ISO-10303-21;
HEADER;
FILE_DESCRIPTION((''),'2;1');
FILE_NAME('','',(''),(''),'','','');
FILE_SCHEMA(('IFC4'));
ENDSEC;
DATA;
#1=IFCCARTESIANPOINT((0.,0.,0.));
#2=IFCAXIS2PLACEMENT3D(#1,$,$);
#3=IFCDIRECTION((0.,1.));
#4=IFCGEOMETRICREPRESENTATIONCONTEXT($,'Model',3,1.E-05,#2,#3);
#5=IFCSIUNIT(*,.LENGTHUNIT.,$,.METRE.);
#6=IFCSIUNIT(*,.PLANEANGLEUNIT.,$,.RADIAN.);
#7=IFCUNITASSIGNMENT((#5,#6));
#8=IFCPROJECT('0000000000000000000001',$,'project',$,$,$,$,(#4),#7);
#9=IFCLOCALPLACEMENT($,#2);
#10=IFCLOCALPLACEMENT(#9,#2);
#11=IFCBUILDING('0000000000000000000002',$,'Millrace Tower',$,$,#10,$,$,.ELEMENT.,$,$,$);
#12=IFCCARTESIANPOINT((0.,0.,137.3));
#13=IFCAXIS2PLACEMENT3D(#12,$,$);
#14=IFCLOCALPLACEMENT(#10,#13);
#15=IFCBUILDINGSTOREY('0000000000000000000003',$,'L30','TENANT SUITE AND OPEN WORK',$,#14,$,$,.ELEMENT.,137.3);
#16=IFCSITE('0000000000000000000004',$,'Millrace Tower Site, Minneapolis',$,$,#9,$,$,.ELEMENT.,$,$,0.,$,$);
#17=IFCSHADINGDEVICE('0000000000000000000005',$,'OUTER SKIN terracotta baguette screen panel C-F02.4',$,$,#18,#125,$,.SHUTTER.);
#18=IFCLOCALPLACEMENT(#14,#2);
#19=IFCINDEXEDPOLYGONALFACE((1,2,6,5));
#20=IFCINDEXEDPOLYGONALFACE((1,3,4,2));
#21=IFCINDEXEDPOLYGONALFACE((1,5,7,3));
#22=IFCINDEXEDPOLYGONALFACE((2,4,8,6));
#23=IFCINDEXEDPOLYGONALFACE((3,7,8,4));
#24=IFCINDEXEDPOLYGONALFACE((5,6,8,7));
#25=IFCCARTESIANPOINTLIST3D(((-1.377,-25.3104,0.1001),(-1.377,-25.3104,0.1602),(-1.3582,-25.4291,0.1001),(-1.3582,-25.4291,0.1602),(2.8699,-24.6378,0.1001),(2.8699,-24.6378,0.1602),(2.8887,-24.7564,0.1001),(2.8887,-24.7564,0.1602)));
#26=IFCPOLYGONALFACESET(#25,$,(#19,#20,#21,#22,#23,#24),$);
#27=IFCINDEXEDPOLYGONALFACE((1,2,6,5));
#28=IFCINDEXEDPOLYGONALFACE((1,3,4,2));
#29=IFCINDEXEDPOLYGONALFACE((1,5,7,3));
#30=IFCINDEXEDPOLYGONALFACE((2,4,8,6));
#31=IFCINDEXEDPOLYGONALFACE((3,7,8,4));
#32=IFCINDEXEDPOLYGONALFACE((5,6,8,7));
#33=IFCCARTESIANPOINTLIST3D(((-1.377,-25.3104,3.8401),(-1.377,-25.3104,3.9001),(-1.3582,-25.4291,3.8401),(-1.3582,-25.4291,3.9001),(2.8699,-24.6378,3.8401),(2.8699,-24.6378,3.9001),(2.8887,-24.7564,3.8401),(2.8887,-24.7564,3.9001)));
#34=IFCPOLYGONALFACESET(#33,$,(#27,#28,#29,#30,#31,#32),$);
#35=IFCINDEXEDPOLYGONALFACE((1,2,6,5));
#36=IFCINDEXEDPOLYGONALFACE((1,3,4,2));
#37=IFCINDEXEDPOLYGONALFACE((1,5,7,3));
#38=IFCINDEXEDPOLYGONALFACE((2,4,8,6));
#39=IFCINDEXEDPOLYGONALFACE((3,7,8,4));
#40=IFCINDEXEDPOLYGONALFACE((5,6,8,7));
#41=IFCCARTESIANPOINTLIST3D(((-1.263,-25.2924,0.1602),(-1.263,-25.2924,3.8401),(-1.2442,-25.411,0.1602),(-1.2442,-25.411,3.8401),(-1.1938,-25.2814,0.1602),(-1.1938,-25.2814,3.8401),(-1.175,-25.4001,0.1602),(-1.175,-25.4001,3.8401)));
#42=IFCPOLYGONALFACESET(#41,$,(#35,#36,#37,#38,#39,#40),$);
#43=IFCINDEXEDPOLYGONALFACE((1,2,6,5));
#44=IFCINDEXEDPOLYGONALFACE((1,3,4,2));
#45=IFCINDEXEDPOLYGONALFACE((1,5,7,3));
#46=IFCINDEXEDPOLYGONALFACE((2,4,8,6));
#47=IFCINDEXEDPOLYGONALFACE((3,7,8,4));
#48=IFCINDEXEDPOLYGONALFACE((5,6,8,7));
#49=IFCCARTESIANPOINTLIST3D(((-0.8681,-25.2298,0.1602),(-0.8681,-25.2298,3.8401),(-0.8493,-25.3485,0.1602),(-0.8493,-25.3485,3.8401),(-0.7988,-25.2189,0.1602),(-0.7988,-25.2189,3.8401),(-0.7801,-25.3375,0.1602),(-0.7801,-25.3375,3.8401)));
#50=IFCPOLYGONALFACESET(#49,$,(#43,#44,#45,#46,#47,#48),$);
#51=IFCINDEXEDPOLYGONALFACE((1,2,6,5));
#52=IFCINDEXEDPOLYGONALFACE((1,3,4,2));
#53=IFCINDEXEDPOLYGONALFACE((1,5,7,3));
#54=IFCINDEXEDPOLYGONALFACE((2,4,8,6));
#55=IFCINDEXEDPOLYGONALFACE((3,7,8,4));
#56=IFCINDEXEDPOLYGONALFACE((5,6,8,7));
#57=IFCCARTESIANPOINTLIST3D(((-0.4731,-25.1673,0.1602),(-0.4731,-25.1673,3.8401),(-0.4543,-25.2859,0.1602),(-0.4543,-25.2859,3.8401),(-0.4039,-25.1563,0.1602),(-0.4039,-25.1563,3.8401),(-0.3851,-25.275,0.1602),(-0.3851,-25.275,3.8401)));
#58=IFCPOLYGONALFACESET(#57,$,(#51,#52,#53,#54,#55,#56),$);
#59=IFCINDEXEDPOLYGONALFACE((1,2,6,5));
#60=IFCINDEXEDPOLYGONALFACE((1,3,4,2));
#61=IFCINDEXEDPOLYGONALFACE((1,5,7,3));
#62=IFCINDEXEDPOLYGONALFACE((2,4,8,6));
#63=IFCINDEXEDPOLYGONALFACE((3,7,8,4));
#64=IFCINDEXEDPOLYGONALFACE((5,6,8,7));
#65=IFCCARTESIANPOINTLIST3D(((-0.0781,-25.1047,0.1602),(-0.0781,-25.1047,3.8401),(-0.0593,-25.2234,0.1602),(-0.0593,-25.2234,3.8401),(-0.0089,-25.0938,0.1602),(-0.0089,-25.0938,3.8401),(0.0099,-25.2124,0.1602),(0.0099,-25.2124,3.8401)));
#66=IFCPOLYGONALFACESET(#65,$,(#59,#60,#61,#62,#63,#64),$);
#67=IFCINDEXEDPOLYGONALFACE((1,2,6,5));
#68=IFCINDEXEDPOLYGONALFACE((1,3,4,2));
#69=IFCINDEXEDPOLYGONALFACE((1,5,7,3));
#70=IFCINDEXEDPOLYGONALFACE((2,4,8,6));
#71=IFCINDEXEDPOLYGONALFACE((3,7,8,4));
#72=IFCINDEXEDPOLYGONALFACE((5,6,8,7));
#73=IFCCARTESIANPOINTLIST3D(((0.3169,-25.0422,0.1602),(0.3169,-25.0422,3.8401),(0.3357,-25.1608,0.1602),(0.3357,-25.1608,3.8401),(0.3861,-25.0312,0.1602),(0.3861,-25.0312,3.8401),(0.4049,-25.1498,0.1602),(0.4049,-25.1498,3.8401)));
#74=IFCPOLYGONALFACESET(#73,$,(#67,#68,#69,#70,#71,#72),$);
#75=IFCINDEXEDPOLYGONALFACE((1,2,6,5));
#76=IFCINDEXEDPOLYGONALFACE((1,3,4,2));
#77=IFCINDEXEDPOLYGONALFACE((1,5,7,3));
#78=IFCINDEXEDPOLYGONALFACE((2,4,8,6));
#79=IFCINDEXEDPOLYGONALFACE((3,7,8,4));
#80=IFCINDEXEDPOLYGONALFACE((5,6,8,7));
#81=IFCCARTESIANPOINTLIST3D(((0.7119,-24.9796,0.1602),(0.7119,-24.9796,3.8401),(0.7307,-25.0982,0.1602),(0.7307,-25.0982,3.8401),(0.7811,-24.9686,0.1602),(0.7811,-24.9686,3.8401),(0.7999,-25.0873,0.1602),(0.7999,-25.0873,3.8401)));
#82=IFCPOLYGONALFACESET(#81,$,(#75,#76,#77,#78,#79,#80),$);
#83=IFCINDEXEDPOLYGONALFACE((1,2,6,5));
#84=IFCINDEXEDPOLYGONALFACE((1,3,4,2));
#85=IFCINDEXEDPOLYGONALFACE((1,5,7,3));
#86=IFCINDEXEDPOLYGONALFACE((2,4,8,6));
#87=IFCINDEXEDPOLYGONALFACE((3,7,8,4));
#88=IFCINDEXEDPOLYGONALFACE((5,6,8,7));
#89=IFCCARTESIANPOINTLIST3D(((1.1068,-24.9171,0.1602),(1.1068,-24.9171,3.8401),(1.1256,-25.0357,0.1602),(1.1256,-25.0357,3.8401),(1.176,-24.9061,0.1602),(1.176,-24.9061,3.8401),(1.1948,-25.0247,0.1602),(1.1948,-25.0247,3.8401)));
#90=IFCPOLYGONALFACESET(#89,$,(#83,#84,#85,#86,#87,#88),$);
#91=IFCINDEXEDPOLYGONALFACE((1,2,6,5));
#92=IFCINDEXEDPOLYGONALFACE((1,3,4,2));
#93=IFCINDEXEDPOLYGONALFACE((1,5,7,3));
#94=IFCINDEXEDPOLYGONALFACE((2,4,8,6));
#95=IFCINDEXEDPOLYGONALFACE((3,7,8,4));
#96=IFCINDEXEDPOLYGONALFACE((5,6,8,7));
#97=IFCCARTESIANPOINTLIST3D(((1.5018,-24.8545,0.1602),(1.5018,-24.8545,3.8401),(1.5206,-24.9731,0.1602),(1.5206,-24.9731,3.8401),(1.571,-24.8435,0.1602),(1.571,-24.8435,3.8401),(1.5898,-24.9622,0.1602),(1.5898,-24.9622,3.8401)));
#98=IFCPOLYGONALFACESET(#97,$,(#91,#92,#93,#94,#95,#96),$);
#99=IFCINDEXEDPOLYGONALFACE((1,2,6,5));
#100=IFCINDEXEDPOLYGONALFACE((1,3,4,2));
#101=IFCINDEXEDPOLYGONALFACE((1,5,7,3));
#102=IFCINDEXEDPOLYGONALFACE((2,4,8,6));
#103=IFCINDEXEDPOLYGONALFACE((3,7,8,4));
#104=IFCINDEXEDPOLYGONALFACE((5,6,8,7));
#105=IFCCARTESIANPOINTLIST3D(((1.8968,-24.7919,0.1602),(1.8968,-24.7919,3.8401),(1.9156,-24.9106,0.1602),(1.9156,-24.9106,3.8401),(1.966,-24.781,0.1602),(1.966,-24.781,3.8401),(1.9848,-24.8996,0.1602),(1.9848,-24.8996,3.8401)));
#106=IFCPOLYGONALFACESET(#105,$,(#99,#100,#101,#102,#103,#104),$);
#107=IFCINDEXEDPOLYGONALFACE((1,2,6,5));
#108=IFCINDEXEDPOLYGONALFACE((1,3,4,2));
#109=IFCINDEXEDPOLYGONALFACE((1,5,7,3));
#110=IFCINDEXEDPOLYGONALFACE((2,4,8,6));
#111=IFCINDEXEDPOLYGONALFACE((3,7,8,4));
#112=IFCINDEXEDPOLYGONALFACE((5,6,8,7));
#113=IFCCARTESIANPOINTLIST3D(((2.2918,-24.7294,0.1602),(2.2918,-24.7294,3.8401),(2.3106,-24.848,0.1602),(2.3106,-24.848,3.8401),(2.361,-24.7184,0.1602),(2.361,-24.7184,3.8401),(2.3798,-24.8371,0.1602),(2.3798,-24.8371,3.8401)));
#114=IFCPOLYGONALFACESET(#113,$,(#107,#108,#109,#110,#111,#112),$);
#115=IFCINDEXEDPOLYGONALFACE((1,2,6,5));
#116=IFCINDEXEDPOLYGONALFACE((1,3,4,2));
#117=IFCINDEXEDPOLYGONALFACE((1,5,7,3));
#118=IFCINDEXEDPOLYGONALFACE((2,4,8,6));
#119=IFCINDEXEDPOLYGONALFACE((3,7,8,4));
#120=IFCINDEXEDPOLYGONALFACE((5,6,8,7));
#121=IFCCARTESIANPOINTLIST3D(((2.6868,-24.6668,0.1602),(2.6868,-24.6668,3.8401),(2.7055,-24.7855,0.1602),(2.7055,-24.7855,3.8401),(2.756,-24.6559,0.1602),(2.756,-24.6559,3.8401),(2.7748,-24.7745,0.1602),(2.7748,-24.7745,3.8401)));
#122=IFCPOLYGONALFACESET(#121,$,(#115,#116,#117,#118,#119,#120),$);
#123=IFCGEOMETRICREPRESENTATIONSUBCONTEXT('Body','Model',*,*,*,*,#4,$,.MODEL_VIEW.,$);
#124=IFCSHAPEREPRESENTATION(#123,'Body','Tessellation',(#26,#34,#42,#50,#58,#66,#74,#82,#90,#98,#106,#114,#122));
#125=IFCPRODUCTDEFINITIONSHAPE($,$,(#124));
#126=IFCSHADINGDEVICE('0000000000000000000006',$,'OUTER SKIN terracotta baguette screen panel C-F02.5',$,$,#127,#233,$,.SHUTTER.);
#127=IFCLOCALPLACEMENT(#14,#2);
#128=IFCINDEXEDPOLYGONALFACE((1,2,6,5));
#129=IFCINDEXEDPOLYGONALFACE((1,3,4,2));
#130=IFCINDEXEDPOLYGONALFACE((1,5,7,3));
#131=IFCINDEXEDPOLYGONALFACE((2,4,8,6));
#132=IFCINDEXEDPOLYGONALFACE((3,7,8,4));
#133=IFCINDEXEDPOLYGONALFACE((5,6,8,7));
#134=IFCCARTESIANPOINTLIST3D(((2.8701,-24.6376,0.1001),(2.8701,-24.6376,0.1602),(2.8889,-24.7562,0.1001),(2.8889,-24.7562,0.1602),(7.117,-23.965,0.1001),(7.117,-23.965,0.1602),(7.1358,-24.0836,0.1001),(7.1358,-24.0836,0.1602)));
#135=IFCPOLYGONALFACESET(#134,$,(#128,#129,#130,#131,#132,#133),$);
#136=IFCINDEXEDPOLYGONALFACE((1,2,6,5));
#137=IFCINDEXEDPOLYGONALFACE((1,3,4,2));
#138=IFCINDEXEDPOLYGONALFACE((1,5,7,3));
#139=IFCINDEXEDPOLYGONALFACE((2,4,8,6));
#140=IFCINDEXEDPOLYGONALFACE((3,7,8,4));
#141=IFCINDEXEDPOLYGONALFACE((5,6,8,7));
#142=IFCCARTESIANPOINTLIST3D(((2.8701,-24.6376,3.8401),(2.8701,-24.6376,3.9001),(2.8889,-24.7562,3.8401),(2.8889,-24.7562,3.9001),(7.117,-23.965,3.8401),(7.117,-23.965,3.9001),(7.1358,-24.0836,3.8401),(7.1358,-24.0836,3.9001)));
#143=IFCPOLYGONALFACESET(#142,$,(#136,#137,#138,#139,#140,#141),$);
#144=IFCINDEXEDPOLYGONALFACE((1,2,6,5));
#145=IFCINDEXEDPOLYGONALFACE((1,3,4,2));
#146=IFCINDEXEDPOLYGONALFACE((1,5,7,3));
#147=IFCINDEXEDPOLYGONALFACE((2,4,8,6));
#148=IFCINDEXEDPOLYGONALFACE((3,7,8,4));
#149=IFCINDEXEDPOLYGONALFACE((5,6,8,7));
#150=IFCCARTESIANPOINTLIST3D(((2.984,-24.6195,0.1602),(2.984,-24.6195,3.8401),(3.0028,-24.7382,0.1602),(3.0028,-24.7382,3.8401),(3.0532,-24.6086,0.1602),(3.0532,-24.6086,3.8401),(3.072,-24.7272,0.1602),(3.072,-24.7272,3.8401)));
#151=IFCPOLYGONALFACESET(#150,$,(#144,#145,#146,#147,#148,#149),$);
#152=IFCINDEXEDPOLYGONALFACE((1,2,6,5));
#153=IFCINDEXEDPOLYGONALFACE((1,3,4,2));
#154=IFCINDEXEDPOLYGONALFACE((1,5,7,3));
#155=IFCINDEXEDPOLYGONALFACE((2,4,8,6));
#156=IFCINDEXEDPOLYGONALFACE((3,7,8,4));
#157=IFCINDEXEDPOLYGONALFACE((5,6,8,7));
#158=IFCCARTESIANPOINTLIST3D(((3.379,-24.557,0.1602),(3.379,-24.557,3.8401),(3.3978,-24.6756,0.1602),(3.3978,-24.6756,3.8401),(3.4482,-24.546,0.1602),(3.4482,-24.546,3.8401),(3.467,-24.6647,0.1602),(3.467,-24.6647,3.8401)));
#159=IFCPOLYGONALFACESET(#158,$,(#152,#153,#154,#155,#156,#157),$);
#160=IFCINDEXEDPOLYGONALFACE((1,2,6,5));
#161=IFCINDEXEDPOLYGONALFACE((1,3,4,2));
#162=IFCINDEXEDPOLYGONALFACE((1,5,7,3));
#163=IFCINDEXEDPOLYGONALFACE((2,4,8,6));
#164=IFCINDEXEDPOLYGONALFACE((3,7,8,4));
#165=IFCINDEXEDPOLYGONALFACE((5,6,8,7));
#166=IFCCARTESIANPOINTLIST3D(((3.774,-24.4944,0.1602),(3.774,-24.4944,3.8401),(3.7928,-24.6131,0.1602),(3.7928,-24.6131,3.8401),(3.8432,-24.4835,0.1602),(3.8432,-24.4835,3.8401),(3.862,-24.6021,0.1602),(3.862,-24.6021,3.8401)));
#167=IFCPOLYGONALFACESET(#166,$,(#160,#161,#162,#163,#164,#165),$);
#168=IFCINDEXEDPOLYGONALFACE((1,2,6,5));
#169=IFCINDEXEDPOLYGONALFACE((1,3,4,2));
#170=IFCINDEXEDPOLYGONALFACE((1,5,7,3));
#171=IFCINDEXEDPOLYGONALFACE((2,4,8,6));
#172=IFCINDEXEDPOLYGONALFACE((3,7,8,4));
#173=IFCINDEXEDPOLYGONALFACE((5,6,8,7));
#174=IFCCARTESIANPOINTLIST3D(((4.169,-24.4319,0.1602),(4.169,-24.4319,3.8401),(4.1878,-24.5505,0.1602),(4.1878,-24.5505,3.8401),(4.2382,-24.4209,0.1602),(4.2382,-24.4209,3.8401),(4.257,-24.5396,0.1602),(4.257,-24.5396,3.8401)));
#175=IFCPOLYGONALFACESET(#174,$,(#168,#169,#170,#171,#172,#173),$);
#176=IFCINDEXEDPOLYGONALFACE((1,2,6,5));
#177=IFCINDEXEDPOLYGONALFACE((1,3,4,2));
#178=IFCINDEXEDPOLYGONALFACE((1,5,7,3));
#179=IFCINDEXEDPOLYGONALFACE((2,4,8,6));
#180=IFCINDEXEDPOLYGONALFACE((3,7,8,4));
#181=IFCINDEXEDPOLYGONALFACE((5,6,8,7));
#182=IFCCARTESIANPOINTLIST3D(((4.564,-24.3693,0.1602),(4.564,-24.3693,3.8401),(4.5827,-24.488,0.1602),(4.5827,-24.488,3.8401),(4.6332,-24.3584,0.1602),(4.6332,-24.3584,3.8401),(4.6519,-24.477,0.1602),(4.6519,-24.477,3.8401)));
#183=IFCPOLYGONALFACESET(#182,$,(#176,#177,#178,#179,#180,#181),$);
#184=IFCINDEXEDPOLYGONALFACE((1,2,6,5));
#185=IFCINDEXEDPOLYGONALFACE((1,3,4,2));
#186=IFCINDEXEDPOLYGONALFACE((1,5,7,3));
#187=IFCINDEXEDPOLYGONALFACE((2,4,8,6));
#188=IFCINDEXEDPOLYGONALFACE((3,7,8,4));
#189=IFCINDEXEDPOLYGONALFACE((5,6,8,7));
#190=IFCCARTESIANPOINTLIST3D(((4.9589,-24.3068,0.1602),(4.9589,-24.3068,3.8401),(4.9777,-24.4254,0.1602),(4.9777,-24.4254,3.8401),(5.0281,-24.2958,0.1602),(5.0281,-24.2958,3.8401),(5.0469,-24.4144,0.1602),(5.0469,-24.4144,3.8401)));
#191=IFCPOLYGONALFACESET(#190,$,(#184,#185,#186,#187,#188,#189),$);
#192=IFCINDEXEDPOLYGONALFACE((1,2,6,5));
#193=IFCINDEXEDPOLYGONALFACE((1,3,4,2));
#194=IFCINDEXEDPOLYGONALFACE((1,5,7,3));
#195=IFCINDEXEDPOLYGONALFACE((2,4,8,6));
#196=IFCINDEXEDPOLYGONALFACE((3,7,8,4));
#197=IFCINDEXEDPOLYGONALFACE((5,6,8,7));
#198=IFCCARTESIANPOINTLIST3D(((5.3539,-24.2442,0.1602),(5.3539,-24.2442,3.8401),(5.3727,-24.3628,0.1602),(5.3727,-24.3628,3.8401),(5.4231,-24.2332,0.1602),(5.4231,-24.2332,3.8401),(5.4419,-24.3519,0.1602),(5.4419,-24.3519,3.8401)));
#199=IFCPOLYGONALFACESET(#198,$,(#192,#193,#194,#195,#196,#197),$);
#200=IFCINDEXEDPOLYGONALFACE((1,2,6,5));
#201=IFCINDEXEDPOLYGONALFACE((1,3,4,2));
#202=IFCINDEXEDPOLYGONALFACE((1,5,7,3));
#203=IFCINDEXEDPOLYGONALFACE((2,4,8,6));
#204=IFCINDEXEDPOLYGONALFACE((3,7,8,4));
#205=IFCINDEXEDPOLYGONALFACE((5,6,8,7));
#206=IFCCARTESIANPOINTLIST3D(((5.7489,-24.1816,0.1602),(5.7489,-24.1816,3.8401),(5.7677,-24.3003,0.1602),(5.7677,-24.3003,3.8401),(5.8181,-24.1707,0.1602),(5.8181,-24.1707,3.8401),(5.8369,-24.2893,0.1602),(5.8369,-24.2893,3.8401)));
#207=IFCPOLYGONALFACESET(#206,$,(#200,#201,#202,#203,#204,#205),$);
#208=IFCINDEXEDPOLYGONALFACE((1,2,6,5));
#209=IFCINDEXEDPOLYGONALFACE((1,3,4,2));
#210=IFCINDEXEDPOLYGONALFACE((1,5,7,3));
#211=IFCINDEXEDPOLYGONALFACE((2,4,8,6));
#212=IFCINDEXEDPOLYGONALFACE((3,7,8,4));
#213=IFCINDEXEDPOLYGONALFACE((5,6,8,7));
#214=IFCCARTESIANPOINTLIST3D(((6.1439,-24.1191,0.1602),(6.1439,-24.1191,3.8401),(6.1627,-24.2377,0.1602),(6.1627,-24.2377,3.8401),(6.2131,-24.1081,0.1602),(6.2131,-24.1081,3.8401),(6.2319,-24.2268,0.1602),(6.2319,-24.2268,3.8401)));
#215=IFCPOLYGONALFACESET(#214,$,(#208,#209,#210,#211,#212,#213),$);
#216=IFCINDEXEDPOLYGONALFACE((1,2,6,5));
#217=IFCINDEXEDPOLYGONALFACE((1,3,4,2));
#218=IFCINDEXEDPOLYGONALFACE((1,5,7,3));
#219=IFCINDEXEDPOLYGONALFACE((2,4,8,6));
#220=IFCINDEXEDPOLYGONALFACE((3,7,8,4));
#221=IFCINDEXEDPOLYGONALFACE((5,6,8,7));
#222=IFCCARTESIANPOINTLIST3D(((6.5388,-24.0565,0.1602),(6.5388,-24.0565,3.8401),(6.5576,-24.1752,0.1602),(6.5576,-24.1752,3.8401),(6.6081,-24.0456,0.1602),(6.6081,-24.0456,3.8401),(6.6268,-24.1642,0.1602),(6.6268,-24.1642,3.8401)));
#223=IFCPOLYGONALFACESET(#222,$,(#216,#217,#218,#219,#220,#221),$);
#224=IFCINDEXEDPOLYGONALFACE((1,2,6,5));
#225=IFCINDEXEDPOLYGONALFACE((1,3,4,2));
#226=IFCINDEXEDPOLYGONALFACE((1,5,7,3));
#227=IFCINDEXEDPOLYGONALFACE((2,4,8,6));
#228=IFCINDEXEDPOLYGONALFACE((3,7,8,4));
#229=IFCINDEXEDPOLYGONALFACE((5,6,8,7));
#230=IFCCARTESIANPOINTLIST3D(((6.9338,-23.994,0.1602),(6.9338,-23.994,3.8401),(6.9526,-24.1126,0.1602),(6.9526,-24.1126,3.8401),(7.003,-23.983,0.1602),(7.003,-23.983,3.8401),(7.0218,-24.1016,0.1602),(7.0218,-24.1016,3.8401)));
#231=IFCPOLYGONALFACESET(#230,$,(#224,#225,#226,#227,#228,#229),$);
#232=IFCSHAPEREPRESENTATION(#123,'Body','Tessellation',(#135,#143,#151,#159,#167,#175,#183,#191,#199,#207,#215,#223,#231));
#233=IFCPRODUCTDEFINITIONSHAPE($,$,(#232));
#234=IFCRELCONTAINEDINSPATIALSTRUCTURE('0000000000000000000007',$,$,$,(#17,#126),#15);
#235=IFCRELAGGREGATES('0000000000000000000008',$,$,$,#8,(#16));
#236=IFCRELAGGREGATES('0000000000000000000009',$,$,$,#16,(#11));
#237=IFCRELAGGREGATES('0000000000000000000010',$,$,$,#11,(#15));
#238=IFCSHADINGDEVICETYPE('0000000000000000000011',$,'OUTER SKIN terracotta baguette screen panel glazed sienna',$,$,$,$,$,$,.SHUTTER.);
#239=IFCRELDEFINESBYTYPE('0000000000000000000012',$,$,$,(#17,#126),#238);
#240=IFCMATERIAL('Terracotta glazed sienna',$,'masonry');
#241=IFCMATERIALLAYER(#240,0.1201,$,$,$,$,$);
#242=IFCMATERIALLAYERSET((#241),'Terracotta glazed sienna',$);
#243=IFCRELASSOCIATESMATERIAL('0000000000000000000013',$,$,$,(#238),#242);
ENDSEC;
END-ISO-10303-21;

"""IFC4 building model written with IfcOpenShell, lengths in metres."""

from ifc_helpers import new_model, entity, si_unit, direction, frame, frame_2d, origin, origin_2d, place, context, subcontext, project, spatial, rectangle, extrude, source, transform, mapped, material, layer, layer_set, type_object, element, save


model = new_model("IFC4")

# Units and contexts
model_context = context("Model", 3, precision=1e-05, world=origin(), true_north=direction((0.0, 1.0)))
body_context = subcontext(model_context, "Body", "Model", "MODEL_VIEW")
ifc_project = project(units=[si_unit("LENGTHUNIT", "METRE"), si_unit("PLANEANGLEUNIT", "RADIAN")], contexts=[model_context])

# Site, building, storey
site_placement = place(None, origin())
site = spatial("IfcSite", under=ifc_project, at=site_placement, Name="Millrace Tower Site, Minneapolis", CompositionType="ELEMENT", RefElevation=0.0)
building_placement = place(site_placement, origin())
building = spatial("IfcBuilding", under=site, at=building_placement, Name="Millrace Tower", CompositionType="ELEMENT")
storey_placement = place(building_placement, frame((0.0, 0.0, 137.3)))
storey = spatial("IfcBuildingStorey", under=building, at=storey_placement, Name="L30", Description="TENANT SUITE AND OPEN WORK", CompositionType="ELEMENT", Elevation=137.3)

# Shading devices
ifc_material_1 = material(Name="Terracotta glazed sienna", Category="masonry")
ifc_layer_1 = layer(ifc_material_1, 0.1201)
ifc_layer_set_1 = layer_set([ifc_layer_1], Name="Terracotta glazed sienna")
shading_device_type = type_object("IfcShadingDeviceType", Name="OUTER SKIN terracotta baguette screen panel glazed sienna", PredefinedType="SHUTTER", material=ifc_layer_set_1)
cartesian_point = entity("IfcCartesianPoint", [-2.1499, 0.0601])
shared_polyline = entity("IfcPolyline", [cartesian_point, entity("IfcCartesianPoint", [2.1499, 0.0601]), entity("IfcCartesianPoint", [2.1499, -0.0601]), entity("IfcCartesianPoint", [-2.1499, -0.0601]), cartesian_point])
shared_shape = source(origin(), body_context, "Body", "SweptSolid", [
    entity("IfcExtrudedAreaSolid", entity("IfcArbitraryClosedProfileDef", "AREA", None, shared_polyline), entity("IfcAxis2Placement3D", entity("IfcCartesianPoint", [0.0, 0.0, 0.0])), entity("IfcDirection", [0.0, 0.0, 1.0]), 0.0601),
    entity("IfcExtrudedAreaSolid", entity("IfcArbitraryClosedProfileDef", "AREA", None, shared_polyline), entity("IfcAxis2Placement3D", entity("IfcCartesianPoint", [0.0, 0.0, 3.74])), entity("IfcDirection", [0.0, 0.0, 1.0]), 0.0601),
    extrude(rectangle(XDim=0.0701, YDim=0.1201, at=frame_2d((-1.9995, 0.0))), frame((0.0, 0.0, 0.0601)), (0.0, 0.0, 1.0), 3.6799),
    extrude(rectangle(XDim=0.0701, YDim=0.1201, at=frame_2d((-1.5996, 0.0))), frame((0.0, 0.0, 0.0601)), (0.0, 0.0, 1.0), 3.6799),
    extrude(rectangle(XDim=0.0701, YDim=0.1201, at=frame_2d((-1.1997, 0.0))), frame((0.0, 0.0, 0.0601)), (0.0, 0.0, 1.0), 3.6799),
    extrude(rectangle(XDim=0.0701, YDim=0.1201, at=frame_2d((-0.7998, 0.0))), frame((0.0, 0.0, 0.0601)), (0.0, 0.0, 1.0), 3.6799),
    extrude(rectangle(XDim=0.0701, YDim=0.1201, at=frame_2d((-0.3999, 0.0))), frame((0.0, 0.0, 0.0601)), (0.0, 0.0, 1.0), 3.6799),
    extrude(rectangle(XDim=0.0701, YDim=0.1201, at=origin_2d()), frame((0.0, 0.0, 0.0601)), (0.0, 0.0, 1.0), 3.6799),
    extrude(rectangle(XDim=0.0701, YDim=0.1201, at=frame_2d((0.3999, 0.0))), frame((0.0, 0.0, 0.0601)), (0.0, 0.0, 1.0), 3.6799),
    extrude(rectangle(XDim=0.0701, YDim=0.1201, at=frame_2d((0.7998, 0.0))), frame((0.0, 0.0, 0.0601)), (0.0, 0.0, 1.0), 3.6799),
    extrude(rectangle(XDim=0.0701, YDim=0.1201, at=frame_2d((1.1997, 0.0))), frame((0.0, 0.0, 0.0601)), (0.0, 0.0, 1.0), 3.6799),
    extrude(rectangle(XDim=0.0701, YDim=0.1201, at=frame_2d((1.5996, 0.0))), frame((0.0, 0.0, 0.0601)), (0.0, 0.0, 1.0), 3.6799),
    extrude(rectangle(XDim=0.0701, YDim=0.1201, at=frame_2d((1.9995, 0.0))), frame((0.0, 0.0, 0.0601)), (0.0, 0.0, 1.0), 3.6799),
])
for number, where, z_axis, x_axis, name in (
    (1, (0.7559, -25.0334, 0.1001), (0.0, 0.0, 1.0), (0.987688, 0.156434, 0.0), "OUTER SKIN terracotta baguette screen panel C-F02.4"),
    (2, (5.0029, -24.3606, 0.1001), (0.0, 0.0, 1.0), (0.987688, 0.156434, 0.0), "OUTER SKIN terracotta baguette screen panel C-F02.5"),
):
    element("IfcShadingDevice", number, at=place(storey_placement, frame(where, z_axis=z_axis, x_axis=x_axis)), inside=storey, type_object=shading_device_type, Name=name, PredefinedType="SHUTTER", context=body_context, shape_type="MappedRepresentation", body=[
        mapped(shared_shape, transform((0.0, 0.0, 0.0), scale=1.0)),
    ])

save(model, "model.ifc")
